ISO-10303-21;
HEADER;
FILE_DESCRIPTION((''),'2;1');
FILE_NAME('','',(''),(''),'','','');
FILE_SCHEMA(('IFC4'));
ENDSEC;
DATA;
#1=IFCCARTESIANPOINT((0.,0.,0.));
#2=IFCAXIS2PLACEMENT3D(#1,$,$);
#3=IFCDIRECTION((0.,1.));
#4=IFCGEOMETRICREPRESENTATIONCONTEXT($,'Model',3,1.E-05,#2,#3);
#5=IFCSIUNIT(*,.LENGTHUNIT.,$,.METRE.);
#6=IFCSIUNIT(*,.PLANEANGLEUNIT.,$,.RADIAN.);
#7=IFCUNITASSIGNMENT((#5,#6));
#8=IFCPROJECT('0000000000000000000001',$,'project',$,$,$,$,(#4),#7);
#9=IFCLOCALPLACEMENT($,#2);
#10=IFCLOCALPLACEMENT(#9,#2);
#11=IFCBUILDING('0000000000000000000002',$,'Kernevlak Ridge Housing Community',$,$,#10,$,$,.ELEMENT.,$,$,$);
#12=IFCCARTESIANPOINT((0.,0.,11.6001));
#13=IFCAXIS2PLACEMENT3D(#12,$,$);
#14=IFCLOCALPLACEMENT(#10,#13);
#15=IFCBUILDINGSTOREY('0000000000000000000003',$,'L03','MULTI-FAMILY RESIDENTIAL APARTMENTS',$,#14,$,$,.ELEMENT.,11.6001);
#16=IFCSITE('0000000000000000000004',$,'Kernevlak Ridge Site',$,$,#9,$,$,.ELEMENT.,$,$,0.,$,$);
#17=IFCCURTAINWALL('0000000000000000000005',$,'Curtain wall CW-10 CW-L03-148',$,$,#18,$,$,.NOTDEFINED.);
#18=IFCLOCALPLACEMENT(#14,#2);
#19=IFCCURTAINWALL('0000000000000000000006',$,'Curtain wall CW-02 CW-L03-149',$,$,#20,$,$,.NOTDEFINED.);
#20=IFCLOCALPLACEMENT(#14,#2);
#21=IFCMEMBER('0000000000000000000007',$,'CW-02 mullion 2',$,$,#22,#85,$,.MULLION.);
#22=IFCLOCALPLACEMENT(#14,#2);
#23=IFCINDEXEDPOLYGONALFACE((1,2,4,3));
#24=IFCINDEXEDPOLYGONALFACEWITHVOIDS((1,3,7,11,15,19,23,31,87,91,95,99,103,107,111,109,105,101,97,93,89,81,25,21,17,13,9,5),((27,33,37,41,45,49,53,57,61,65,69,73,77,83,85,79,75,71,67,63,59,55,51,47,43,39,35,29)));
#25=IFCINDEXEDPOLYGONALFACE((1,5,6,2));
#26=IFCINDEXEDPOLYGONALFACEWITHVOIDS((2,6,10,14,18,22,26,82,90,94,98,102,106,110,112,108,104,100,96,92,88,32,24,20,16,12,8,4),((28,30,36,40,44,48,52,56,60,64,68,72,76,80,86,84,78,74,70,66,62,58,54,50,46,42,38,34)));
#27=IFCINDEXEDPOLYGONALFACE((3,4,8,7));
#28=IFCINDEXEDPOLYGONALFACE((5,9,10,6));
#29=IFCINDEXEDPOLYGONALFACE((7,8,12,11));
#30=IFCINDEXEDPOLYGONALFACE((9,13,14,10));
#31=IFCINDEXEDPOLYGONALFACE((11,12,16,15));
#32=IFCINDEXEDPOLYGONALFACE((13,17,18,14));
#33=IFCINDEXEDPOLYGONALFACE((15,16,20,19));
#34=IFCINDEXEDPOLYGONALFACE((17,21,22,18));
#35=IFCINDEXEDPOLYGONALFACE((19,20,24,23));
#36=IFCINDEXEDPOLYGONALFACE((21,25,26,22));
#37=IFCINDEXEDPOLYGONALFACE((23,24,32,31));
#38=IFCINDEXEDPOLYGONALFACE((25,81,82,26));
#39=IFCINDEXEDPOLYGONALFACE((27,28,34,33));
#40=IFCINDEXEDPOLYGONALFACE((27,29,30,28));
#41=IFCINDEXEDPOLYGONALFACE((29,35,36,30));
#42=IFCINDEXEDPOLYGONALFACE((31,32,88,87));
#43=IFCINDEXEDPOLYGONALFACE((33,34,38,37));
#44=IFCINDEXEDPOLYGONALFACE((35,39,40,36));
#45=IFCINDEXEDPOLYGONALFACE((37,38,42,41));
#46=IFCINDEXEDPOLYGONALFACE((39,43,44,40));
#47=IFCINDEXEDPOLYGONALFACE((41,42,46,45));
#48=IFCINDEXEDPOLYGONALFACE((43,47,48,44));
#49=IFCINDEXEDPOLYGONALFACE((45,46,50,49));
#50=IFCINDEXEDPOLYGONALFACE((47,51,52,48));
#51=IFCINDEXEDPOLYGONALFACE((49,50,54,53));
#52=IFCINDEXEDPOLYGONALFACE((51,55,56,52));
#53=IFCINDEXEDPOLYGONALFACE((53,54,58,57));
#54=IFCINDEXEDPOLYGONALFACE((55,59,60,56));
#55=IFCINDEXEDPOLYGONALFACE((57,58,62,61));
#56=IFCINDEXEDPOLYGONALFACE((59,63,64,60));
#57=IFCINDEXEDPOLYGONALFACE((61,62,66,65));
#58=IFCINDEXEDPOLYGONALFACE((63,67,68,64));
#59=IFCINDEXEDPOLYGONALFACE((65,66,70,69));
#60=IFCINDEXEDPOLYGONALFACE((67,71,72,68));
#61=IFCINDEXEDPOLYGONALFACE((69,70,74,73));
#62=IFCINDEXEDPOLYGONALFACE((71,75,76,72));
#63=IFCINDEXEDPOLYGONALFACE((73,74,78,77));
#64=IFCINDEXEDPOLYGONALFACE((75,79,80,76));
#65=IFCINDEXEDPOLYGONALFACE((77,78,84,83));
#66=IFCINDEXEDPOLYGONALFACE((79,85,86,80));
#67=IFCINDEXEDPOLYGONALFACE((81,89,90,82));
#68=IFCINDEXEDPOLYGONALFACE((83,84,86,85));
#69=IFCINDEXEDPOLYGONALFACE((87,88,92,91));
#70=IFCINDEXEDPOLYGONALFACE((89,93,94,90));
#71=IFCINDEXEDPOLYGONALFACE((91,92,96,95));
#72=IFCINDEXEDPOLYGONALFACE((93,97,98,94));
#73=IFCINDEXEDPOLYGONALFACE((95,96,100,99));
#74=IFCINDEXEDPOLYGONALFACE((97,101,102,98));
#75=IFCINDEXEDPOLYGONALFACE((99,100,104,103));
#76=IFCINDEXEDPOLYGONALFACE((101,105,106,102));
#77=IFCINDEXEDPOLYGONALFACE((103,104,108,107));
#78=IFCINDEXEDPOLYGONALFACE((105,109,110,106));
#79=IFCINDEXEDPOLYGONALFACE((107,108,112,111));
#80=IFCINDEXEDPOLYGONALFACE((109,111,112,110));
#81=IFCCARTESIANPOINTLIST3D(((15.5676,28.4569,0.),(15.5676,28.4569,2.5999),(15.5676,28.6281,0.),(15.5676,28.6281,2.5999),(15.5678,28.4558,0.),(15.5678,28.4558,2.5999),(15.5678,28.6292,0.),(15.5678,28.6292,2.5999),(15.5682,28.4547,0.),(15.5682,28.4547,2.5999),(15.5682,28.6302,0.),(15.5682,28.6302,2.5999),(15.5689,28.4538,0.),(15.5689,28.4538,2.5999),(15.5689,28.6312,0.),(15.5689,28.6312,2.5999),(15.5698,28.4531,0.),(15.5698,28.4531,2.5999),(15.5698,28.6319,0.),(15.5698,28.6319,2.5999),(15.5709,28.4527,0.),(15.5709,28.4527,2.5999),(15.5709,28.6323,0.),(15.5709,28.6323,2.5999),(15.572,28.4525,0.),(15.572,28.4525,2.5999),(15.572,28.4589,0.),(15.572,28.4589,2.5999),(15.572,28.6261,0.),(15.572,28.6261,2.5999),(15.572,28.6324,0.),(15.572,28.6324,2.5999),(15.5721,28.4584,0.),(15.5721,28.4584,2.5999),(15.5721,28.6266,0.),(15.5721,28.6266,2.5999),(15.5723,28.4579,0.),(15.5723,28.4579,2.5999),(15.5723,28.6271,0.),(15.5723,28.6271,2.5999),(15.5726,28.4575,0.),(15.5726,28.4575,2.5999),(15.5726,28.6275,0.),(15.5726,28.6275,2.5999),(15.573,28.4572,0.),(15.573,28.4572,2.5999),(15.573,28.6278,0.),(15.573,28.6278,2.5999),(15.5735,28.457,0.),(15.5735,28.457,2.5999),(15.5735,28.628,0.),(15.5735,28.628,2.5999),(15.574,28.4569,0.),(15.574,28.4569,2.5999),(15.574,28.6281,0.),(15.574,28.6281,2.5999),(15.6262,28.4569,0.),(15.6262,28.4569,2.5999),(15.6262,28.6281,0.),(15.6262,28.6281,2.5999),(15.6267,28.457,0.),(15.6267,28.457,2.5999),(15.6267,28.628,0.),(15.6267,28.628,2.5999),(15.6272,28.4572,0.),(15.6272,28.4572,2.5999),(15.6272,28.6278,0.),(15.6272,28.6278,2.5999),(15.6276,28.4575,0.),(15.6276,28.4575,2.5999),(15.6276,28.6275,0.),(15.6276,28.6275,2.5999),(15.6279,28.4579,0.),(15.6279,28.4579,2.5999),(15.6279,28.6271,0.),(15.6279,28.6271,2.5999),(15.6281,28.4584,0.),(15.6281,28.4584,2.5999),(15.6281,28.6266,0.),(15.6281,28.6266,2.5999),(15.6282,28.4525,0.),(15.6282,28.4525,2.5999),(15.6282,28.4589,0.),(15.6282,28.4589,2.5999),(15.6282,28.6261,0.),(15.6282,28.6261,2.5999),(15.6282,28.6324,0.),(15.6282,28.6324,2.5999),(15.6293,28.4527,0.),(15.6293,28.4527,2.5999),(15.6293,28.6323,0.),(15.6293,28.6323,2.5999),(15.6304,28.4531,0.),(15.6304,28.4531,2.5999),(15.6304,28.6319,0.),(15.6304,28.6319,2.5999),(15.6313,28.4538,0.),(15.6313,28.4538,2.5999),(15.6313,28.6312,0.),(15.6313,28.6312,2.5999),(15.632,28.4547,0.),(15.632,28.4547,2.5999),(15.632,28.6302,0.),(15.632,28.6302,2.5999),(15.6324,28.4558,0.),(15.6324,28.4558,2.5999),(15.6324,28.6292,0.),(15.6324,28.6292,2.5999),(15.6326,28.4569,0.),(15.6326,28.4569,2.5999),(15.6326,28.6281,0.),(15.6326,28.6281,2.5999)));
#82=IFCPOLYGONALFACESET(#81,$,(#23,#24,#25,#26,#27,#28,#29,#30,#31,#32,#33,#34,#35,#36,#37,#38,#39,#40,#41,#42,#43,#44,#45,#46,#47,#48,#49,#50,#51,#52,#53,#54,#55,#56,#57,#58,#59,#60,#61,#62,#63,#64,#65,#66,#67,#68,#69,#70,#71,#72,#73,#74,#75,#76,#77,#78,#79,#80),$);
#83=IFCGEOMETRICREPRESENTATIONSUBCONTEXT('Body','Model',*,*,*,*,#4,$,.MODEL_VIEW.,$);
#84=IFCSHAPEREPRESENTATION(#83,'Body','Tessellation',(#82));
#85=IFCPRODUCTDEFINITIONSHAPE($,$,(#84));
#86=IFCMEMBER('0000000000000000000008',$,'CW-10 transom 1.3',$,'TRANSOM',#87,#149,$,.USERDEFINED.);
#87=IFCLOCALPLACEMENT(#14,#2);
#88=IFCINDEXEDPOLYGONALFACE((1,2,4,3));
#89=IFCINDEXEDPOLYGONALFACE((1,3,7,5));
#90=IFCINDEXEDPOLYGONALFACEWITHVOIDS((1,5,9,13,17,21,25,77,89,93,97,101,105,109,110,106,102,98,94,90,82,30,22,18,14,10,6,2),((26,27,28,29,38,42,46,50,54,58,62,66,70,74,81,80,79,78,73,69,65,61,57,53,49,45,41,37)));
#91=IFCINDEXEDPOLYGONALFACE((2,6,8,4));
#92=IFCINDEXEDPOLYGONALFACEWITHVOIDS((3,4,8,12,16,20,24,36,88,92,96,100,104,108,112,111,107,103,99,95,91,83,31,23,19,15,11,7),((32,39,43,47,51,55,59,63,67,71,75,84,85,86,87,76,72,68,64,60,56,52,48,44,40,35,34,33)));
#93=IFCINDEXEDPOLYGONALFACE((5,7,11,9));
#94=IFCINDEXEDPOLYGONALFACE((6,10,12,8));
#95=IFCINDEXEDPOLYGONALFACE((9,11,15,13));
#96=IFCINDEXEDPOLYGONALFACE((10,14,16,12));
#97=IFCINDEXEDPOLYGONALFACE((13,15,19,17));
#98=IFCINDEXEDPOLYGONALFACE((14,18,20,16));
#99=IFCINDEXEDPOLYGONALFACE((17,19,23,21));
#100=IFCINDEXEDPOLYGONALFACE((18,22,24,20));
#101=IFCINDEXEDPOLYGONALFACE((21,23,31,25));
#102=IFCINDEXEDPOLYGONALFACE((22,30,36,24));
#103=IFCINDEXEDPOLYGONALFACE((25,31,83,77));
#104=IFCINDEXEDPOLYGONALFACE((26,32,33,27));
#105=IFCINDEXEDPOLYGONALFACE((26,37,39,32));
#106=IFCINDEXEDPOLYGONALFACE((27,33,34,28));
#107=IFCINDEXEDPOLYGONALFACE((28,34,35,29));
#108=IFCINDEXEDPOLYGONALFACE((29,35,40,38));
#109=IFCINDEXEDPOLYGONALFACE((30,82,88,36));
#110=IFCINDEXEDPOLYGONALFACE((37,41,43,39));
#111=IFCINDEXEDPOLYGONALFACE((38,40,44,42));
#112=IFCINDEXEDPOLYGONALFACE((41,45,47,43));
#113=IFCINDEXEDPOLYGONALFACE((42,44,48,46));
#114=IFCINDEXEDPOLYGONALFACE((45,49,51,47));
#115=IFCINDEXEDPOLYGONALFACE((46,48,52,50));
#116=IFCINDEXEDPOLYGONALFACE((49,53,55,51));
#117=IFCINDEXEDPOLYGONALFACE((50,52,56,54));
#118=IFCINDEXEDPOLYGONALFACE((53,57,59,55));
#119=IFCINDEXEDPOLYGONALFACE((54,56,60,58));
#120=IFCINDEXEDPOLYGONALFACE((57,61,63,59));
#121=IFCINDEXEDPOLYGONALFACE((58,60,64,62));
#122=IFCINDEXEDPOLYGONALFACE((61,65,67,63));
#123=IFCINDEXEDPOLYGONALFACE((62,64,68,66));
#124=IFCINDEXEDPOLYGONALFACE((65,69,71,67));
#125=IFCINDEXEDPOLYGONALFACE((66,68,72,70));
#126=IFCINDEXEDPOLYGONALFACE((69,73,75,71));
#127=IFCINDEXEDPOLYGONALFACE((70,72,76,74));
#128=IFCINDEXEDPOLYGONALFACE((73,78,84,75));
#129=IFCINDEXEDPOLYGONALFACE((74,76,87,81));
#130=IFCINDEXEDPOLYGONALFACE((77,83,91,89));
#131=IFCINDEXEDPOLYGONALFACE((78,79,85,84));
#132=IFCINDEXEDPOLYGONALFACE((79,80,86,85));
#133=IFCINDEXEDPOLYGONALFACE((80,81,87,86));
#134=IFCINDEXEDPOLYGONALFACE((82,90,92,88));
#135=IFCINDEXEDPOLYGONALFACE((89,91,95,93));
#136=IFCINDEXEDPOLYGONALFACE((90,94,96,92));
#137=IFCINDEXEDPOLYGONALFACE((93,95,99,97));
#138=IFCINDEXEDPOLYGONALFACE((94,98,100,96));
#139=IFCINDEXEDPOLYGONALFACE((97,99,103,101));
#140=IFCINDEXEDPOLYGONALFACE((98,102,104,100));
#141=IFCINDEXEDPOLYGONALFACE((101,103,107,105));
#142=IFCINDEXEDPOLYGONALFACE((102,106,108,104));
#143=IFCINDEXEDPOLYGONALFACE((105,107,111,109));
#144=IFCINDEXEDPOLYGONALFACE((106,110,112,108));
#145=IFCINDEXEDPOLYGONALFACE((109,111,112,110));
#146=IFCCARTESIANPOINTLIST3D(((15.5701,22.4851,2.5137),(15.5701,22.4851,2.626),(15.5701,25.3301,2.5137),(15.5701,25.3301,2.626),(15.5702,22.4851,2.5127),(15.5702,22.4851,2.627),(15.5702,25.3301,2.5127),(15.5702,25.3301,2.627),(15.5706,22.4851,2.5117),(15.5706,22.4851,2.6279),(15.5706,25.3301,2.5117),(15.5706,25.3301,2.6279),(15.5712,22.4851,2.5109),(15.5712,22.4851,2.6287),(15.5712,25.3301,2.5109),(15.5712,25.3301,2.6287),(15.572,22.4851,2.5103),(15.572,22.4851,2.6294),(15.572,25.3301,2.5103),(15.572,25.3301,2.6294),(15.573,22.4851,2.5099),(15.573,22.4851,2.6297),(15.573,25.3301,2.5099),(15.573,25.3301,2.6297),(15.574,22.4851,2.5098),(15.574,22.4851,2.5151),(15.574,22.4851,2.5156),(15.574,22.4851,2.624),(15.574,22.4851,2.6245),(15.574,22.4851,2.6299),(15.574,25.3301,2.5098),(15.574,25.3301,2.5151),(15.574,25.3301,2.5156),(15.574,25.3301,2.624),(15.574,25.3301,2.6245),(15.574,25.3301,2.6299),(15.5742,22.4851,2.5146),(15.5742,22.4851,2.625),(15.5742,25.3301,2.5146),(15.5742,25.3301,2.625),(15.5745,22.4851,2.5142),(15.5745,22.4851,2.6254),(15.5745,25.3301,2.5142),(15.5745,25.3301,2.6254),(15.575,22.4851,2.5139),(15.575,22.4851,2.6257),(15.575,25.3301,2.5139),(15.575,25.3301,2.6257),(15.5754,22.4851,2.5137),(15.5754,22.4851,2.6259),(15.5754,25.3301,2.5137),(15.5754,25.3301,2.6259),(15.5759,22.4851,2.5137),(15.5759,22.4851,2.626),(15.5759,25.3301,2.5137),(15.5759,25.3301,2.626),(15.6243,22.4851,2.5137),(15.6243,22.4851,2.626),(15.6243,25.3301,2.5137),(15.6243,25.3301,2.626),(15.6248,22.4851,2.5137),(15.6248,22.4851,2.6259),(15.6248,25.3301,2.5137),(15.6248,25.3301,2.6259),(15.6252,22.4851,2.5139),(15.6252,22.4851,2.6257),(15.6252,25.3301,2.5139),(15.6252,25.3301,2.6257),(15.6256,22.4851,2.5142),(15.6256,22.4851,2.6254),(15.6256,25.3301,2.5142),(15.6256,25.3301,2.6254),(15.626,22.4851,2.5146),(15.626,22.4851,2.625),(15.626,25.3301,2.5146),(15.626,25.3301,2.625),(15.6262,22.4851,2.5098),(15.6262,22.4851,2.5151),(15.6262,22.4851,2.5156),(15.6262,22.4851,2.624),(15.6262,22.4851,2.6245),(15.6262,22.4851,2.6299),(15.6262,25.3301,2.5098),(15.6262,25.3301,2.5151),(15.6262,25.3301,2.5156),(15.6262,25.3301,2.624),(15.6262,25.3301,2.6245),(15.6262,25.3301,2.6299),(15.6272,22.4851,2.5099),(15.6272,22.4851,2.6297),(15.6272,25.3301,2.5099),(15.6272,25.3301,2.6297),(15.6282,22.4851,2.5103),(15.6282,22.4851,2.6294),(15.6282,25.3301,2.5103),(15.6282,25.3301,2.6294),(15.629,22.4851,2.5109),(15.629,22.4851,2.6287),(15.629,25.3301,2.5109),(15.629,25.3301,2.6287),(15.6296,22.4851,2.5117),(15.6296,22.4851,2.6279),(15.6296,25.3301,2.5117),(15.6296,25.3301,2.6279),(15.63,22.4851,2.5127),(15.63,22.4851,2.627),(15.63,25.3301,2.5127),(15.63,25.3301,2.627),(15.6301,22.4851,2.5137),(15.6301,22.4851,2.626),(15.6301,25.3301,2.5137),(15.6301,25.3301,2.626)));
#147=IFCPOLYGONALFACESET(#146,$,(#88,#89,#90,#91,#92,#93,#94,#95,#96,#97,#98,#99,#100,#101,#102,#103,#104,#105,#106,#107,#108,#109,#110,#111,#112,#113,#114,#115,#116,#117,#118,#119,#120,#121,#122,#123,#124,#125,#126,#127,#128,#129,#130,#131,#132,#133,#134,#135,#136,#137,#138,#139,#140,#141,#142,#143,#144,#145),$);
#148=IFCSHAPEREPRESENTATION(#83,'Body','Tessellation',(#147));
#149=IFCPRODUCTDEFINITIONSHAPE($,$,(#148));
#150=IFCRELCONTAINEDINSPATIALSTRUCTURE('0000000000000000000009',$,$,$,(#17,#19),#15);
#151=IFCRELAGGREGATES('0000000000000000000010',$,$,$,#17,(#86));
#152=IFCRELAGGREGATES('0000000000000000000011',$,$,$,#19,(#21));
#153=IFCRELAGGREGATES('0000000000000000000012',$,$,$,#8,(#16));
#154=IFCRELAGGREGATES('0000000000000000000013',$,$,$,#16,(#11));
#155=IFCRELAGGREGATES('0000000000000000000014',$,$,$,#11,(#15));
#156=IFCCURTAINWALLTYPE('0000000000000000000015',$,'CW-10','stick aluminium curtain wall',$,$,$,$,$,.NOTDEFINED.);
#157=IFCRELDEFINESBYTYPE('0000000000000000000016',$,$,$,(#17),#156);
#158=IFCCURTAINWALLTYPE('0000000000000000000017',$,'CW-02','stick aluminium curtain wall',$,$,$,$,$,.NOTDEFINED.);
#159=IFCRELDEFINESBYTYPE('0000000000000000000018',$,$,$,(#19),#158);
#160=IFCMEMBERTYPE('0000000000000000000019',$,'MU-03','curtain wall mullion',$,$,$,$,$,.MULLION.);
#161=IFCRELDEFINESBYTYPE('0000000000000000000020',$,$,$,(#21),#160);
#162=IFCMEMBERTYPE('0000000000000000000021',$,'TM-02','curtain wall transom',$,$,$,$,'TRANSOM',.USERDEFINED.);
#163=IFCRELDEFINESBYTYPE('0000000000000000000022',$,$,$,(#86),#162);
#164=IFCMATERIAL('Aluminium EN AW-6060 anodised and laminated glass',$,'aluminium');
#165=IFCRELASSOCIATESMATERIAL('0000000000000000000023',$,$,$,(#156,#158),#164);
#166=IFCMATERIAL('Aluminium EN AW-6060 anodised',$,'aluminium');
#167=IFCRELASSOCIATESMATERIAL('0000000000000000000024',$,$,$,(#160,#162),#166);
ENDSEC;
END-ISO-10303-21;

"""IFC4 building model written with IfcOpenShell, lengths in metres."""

from ifc_helpers import new_model, si_unit, direction, frame, origin, origin_2d, place, context, subcontext, project, spatial, hollow_rectangle, extrude, material, material_profile, profile_set, type_object, element, aggregate, save


model = new_model("IFC4")

# Units and contexts
model_context = context("Model", 3, precision=1e-05, world=origin(), true_north=direction((0.0, 1.0)))
body_context = subcontext(model_context, "Body", "Model", "MODEL_VIEW")
ifc_project = project(units=[si_unit("LENGTHUNIT", "METRE"), si_unit("PLANEANGLEUNIT", "RADIAN")], contexts=[model_context])

# Site, building, storey
site_placement = place(None, origin())
site = spatial("IfcSite", under=ifc_project, at=site_placement, Name="Kernevlak Ridge Site", CompositionType="ELEMENT", RefElevation=0.0)
building_placement = place(site_placement, origin())
building = spatial("IfcBuilding", under=site, at=building_placement, Name="Kernevlak Ridge Housing Community", CompositionType="ELEMENT")
storey_placement = place(building_placement, frame((0.0, 0.0, 11.6001)))
storey = spatial("IfcBuildingStorey", under=building, at=storey_placement, Name="L03", Description="MULTI-FAMILY RESIDENTIAL APARTMENTS", CompositionType="ELEMENT", Elevation=11.6001)

# Curtain wall
ifc_material_1 = material(Name="Aluminium EN AW-6060 anodised and laminated glass", Category="aluminium")
curtain_wall_type_1 = type_object("IfcCurtainWallType", Name="CW-10", Description="stick aluminium curtain wall", PredefinedType="NOTDEFINED", material=ifc_material_1)
curtain_wall_1_placement = place(storey_placement, origin())
curtain_wall_1 = element("IfcCurtainWall", 1, at=curtain_wall_1_placement, inside=storey, type_object=curtain_wall_type_1, Name="Curtain wall CW-10 CW-L03-148", PredefinedType="NOTDEFINED")
ifc_material_2 = material(Name="Aluminium EN AW-6060 anodised", Category="aluminium")

# Curtain wall, member
curtain_wall_type_2 = type_object("IfcCurtainWallType", Name="CW-02", Description="stick aluminium curtain wall", PredefinedType="NOTDEFINED", material=ifc_material_1)
curtain_wall_2_placement = place(storey_placement, origin())
curtain_wall_2 = element("IfcCurtainWall", 2, at=curtain_wall_2_placement, inside=storey, type_object=curtain_wall_type_2, Name="Curtain wall CW-02 CW-L03-149", PredefinedType="NOTDEFINED")
ifc_material_profile_1 = material_profile(ifc_material_2, hollow_rectangle(XDim=0.0649, YDim=0.1799, WallThickness=0.0044, InnerFilletRadius=0.002, OuterFilletRadius=0.0044, at=origin_2d()), Name="ALU 65x180x4.5")
ifc_profile_set_1 = profile_set([ifc_material_profile_1], Name="Aluminium EN AW-6060 anodised")
member_type_1 = type_object("IfcMemberType", Name="MU-03", Description="curtain wall mullion", PredefinedType="MULLION", material=ifc_profile_set_1)
member_1_placement = place(storey_placement, frame((15.6001, 28.5425, 0.0), z_axis=(0.0, 0.0, 1.0), x_axis=(-1.0, 0.0, 0.0)))
member_1 = element("IfcMember", 3, at=member_1_placement, type_object=member_type_1, Name="CW-02 mullion 2", PredefinedType="MULLION", context=body_context, shape_type="SweptSolid", body=[
    extrude(hollow_rectangle(XDim=0.0649, YDim=0.1799, WallThickness=0.0044, InnerFilletRadius=0.002, OuterFilletRadius=0.0044, at=origin_2d()), origin(), (0.0, 0.0, 1.0), 2.5999),
])

# Member
ifc_material_profile_2 = material_profile(ifc_material_2, hollow_rectangle(XDim=0.0601, YDim=0.1201, WallThickness=0.0039, InnerFilletRadius=0.002, OuterFilletRadius=0.0039, at=origin_2d()), Name="ALU 60x120x4")
ifc_profile_set_2 = profile_set([ifc_material_profile_2], Name="Aluminium EN AW-6060 anodised")
member_type_2 = type_object("IfcMemberType", Name="TM-02", Description="curtain wall transom", ElementType="TRANSOM", PredefinedType="USERDEFINED", material=ifc_profile_set_2)
member_2_placement = place(storey_placement, frame((15.6001, 22.4851, 2.5698), z_axis=(0.0, 1.0, 0.0), x_axis=(-1.0, 0.0, 0.0)))
member_2 = element("IfcMember", 4, at=member_2_placement, type_object=member_type_2, Name="CW-10 transom 1.3", ObjectType="TRANSOM", PredefinedType="USERDEFINED", context=body_context, shape_type="SweptSolid", body=[
    extrude(hollow_rectangle(XDim=0.0601, YDim=0.1201, WallThickness=0.0039, InnerFilletRadius=0.002, OuterFilletRadius=0.0039, at=origin_2d()), origin(), (0.0, 0.0, 1.0), 2.845),
])

aggregate(curtain_wall_1, [member_2])
aggregate(curtain_wall_2, [member_1])

save(model, "model.ifc")
